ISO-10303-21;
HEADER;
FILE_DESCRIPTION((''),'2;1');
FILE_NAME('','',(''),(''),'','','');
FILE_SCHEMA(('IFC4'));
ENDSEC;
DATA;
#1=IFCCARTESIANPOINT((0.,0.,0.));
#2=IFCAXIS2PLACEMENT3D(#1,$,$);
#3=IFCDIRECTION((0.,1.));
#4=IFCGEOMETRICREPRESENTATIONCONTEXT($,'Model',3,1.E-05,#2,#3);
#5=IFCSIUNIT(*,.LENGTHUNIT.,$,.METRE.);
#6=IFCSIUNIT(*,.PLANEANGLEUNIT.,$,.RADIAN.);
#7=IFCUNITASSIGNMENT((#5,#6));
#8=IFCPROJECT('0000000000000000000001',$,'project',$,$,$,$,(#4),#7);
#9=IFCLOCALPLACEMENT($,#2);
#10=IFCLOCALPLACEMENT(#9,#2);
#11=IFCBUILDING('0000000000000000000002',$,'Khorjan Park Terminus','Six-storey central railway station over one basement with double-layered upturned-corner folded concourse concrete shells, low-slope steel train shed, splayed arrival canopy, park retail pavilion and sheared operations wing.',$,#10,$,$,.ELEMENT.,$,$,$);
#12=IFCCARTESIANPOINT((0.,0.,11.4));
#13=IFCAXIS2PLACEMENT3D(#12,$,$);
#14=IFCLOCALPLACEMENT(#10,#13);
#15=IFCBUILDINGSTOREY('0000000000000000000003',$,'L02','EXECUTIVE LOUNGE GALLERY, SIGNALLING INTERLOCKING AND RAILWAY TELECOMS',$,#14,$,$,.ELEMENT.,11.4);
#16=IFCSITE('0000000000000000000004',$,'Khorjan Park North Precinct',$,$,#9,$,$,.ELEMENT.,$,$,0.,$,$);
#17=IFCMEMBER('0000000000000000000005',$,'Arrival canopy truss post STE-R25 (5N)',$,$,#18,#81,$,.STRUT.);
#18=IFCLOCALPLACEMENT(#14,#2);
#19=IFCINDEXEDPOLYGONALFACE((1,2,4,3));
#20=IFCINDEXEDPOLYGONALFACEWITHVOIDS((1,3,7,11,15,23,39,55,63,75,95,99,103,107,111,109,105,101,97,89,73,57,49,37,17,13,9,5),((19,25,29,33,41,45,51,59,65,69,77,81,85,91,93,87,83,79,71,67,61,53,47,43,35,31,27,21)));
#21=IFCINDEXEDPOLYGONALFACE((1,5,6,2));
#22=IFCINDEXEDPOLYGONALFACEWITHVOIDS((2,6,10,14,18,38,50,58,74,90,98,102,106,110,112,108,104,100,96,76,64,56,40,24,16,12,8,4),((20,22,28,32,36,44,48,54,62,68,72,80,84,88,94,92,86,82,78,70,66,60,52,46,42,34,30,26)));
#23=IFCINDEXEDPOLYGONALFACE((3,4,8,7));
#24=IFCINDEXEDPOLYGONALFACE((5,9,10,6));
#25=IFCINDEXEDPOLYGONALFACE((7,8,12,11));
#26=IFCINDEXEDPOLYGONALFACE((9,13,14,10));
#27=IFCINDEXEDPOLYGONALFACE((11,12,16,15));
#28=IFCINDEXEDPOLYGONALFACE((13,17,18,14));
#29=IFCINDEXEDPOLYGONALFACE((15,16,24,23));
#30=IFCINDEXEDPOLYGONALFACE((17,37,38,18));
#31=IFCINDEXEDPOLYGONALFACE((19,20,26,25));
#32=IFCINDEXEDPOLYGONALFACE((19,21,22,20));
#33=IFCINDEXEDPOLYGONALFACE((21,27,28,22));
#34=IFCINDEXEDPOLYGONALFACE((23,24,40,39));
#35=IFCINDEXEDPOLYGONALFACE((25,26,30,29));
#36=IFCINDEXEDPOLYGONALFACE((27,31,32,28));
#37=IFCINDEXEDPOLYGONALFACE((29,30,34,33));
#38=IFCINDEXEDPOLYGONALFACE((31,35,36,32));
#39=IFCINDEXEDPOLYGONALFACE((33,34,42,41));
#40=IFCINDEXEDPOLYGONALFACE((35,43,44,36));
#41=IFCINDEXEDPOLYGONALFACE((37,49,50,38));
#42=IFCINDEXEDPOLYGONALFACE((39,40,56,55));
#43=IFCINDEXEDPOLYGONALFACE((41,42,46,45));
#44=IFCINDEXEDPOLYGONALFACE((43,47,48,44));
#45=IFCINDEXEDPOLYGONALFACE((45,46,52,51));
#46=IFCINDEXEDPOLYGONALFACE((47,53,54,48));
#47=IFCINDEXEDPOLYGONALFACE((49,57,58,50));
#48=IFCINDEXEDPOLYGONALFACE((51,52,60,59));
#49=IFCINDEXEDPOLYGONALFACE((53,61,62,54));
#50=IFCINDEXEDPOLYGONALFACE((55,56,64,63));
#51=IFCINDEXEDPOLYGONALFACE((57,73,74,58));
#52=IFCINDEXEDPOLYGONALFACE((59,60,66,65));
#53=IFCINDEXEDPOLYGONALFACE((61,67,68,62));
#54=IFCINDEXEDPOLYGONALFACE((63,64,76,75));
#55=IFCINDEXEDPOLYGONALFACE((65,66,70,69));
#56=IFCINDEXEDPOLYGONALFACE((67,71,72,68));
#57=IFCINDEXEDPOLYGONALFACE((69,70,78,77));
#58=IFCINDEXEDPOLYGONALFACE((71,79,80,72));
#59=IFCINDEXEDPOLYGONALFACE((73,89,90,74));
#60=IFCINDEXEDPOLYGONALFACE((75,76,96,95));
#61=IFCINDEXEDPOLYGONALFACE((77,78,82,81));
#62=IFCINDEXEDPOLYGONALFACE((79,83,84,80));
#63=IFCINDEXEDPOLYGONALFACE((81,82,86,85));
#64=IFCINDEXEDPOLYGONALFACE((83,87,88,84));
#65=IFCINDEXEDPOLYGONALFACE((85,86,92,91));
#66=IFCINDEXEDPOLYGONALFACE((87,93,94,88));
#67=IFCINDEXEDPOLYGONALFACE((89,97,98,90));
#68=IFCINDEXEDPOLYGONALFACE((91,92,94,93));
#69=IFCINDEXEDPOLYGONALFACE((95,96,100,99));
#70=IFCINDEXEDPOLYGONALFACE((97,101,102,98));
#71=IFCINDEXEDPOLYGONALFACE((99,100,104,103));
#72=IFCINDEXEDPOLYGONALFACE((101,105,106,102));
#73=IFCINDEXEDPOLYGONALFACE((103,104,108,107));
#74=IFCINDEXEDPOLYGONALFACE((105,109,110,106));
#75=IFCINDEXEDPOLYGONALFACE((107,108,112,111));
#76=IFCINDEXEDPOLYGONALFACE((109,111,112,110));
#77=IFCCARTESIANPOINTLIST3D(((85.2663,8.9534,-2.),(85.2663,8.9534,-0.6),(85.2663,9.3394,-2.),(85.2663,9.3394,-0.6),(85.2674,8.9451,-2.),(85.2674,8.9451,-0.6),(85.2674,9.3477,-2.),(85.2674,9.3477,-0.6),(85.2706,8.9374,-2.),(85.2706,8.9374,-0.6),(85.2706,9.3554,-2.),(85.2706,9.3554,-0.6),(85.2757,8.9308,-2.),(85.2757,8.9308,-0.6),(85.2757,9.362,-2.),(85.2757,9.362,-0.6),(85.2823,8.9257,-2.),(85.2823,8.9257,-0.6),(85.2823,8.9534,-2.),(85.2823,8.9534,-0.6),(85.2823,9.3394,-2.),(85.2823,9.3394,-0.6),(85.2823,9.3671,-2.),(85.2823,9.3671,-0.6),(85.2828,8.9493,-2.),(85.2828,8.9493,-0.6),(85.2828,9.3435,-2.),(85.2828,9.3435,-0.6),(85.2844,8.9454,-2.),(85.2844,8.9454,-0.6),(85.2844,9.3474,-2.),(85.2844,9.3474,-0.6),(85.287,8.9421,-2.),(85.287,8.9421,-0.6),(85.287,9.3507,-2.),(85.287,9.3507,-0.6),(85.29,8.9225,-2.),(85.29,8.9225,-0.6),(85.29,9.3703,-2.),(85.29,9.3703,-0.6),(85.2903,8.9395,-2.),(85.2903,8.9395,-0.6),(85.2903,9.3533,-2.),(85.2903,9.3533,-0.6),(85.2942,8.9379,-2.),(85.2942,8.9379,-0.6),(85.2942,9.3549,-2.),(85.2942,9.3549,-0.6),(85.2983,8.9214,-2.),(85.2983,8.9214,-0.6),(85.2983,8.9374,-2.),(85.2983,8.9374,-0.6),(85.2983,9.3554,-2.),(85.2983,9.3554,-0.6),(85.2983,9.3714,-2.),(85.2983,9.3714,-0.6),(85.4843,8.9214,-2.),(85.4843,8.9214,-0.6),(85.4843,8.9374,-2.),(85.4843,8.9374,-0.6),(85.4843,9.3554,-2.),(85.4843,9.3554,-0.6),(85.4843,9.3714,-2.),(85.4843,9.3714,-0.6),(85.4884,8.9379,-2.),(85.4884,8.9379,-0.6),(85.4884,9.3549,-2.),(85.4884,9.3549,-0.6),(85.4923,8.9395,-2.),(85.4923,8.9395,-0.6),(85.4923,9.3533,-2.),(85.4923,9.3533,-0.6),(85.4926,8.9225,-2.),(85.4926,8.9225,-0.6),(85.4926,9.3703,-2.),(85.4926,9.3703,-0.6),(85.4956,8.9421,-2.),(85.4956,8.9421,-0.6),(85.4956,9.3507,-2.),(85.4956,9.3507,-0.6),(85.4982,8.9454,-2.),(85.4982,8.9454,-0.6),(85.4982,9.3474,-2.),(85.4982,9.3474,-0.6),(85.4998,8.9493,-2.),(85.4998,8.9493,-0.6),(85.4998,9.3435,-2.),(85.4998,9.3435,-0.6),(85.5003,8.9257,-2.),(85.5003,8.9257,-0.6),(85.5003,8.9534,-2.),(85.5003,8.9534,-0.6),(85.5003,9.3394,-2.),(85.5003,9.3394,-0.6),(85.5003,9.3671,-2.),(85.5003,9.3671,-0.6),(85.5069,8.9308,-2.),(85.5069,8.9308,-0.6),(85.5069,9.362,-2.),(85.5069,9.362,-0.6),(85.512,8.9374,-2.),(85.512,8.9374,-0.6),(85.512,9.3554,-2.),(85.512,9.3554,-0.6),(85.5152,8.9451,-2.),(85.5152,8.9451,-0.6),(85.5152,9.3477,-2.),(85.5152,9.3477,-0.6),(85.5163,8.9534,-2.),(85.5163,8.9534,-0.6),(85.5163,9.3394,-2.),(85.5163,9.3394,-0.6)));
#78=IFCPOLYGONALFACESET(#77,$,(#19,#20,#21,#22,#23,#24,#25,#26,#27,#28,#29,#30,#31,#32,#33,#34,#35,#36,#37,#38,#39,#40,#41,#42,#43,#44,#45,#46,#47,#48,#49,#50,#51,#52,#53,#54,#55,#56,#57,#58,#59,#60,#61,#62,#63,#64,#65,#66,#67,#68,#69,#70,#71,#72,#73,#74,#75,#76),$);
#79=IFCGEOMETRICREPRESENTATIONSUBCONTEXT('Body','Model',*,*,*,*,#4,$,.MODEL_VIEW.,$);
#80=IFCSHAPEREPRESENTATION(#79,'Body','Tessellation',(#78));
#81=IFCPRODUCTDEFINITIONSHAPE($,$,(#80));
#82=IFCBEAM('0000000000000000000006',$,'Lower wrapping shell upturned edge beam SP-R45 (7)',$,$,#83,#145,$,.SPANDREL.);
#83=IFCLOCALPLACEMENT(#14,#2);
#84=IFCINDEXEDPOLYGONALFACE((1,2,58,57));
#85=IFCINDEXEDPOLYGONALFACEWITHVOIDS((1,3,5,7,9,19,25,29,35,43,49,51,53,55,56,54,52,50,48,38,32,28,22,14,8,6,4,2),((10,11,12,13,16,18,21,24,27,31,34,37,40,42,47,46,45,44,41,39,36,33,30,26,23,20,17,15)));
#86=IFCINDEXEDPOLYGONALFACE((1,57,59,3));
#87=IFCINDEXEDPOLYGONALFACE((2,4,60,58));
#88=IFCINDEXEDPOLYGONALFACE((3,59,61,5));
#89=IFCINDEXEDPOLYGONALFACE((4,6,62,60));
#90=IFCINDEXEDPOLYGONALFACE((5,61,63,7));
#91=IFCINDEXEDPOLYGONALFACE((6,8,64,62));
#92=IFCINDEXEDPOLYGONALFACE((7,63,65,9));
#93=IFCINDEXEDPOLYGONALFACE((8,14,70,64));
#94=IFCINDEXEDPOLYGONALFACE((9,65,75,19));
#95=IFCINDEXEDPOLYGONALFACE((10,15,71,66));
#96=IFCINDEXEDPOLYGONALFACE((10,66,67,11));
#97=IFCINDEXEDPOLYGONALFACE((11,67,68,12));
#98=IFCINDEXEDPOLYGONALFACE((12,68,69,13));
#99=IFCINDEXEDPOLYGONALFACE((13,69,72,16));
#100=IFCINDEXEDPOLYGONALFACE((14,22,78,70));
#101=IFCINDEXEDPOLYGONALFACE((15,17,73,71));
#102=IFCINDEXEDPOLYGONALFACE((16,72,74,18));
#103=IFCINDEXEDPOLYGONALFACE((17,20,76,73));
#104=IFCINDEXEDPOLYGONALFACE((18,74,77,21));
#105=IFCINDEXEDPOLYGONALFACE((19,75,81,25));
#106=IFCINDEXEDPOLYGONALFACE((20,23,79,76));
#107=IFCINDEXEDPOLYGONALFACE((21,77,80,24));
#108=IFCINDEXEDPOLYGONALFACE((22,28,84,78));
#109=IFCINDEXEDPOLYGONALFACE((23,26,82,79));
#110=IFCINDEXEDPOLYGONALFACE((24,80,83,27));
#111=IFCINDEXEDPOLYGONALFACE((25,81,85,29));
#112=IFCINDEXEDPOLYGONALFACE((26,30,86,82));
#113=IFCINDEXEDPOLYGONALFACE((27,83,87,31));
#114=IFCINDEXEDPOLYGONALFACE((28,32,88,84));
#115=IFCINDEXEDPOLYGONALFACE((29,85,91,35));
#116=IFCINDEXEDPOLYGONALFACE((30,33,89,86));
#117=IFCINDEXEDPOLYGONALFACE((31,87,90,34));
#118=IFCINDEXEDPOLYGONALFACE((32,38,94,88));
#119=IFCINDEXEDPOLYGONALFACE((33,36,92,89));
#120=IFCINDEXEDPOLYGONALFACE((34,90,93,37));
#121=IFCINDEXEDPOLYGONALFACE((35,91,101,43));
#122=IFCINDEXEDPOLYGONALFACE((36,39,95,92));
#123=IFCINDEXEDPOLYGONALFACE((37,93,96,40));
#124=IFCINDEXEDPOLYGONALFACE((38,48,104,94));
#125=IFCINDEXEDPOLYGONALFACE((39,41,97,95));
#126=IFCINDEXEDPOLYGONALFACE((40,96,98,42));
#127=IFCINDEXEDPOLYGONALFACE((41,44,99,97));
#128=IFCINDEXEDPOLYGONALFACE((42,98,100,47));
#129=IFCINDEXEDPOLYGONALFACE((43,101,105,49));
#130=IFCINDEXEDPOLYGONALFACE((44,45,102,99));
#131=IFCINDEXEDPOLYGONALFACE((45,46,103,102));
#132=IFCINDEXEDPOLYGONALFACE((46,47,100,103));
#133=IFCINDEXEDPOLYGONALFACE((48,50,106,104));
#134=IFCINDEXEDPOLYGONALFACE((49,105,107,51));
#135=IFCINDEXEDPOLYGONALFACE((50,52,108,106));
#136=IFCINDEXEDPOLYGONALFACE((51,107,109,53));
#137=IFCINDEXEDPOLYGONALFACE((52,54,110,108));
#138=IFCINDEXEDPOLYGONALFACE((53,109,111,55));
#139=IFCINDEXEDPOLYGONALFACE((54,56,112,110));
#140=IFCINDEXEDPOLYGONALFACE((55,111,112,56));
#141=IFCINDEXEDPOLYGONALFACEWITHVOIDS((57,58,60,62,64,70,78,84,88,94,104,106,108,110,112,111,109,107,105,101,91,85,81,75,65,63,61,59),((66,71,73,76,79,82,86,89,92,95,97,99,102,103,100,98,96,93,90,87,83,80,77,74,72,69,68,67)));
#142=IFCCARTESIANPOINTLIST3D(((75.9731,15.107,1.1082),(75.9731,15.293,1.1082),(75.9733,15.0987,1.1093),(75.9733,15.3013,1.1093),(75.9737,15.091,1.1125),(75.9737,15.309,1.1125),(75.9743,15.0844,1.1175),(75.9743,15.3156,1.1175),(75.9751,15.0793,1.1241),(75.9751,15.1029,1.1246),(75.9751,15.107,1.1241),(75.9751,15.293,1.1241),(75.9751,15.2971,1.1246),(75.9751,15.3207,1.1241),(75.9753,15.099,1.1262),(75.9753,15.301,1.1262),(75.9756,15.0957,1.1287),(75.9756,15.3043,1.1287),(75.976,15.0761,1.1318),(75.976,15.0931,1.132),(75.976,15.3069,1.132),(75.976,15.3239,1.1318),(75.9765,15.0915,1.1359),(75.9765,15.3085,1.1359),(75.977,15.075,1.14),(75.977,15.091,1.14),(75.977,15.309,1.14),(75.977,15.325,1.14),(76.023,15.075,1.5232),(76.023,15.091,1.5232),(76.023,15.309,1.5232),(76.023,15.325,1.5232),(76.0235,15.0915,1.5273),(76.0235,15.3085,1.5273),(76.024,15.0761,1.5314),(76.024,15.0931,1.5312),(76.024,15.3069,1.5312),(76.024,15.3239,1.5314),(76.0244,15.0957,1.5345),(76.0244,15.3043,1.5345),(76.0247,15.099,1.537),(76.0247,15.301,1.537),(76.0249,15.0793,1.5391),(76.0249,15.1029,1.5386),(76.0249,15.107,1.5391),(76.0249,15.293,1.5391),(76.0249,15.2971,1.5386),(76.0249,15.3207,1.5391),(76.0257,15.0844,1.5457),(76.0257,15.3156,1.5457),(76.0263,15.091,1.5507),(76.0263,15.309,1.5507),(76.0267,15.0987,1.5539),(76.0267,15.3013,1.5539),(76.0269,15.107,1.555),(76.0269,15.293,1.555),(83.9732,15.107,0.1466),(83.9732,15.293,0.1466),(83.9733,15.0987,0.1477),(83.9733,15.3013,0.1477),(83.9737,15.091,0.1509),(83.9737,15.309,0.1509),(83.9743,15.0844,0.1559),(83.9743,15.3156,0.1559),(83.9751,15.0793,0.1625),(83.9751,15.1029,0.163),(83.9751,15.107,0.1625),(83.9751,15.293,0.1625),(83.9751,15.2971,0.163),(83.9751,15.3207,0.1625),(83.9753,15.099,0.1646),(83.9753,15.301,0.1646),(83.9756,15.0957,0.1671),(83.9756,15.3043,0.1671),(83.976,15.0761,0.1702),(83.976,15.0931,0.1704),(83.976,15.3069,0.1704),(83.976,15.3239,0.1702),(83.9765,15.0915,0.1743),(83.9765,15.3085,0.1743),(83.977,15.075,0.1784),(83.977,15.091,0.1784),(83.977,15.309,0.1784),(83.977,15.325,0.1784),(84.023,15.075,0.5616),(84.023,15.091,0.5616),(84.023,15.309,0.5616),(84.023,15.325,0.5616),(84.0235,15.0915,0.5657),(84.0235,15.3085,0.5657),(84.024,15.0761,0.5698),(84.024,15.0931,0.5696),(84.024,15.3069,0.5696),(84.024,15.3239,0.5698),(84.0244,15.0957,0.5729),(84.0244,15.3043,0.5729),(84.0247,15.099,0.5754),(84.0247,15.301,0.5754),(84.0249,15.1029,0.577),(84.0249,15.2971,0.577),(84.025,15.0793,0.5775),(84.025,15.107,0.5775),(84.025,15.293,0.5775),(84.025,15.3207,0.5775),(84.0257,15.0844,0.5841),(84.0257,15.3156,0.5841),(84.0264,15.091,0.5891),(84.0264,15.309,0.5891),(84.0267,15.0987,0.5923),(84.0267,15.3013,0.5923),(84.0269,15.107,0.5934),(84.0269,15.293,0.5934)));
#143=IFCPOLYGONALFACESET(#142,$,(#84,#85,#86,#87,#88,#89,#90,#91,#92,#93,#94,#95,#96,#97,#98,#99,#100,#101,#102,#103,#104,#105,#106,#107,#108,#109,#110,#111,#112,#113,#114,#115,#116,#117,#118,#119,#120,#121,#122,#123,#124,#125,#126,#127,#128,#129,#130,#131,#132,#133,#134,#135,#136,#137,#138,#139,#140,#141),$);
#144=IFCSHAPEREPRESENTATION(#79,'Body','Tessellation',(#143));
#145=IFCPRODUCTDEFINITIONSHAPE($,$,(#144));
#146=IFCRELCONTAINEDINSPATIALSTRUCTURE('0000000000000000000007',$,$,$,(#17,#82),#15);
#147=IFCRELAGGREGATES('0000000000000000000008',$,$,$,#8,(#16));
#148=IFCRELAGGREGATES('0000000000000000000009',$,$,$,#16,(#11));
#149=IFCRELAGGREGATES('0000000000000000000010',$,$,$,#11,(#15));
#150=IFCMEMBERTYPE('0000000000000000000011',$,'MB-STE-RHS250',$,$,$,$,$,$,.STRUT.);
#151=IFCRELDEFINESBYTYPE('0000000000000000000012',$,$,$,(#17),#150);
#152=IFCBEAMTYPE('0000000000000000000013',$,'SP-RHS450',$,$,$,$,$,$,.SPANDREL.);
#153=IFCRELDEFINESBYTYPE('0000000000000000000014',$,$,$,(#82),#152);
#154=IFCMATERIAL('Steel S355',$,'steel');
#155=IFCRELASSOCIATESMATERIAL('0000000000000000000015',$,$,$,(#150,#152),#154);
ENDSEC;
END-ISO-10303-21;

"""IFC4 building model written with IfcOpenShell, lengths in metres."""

from ifc_helpers import new_model, si_unit, direction, frame, origin, origin_2d, place, context, subcontext, project, spatial, hollow_rectangle, extrude, material, material_profile, profile_set, type_object, element, save


model = new_model("IFC4")

# Units and contexts
model_context = context("Model", 3, precision=1e-05, world=origin(), true_north=direction((0.0, 1.0)))
body_context = subcontext(model_context, "Body", "Model", "MODEL_VIEW")
ifc_project = project(units=[si_unit("LENGTHUNIT", "METRE"), si_unit("PLANEANGLEUNIT", "RADIAN")], contexts=[model_context])

# Site, building, storey
site_placement = place(None, origin())
site = spatial("IfcSite", under=ifc_project, at=site_placement, Name="Khorjan Park North Precinct", CompositionType="ELEMENT", RefElevation=0.0)
building_placement = place(site_placement, origin())
building = spatial("IfcBuilding", under=site, at=building_placement, Name="Khorjan Park Terminus", Description="Six-storey central railway station over one basement with double-layered upturned-corner folded concourse concrete shells, low-slope steel train shed, splayed arrival canopy, park retail pavilion and sheared operations wing.", CompositionType="ELEMENT")
storey_placement = place(building_placement, frame((0.0, 0.0, 11.4)))
storey = spatial("IfcBuildingStorey", under=building, at=storey_placement, Name="L02", Description="EXECUTIVE LOUNGE GALLERY, SIGNALLING INTERLOCKING AND RAILWAY TELECOMS", CompositionType="ELEMENT", Elevation=11.4)

# Member
ifc_material_1 = material(Name="Steel S355", Category="steel")
ifc_material_profile_1 = material_profile(ifc_material_1, hollow_rectangle(XDim=0.25, YDim=0.45, WallThickness=0.016, InnerFilletRadius=0.016, OuterFilletRadius=0.032, at=origin_2d()), Name="RHS 450x250x16")
ifc_profile_set_1 = profile_set([ifc_material_profile_1], Name="Steel S355")
member_type_1 = type_object("IfcMemberType", Name="MB-STE-RHS250", PredefinedType="STRUT", material=ifc_profile_set_1)
member_1_placement = place(storey_placement, frame((85.3913, 9.1464, -2.0), z_axis=(0.0, 0.0, 1.0), x_axis=(1.0, 0.0, 0.0)))
element("IfcMember", 1, at=member_1_placement, inside=storey, type_object=member_type_1, Name="Arrival canopy truss post STE-R25 (5N)", PredefinedType="STRUT", context=body_context, shape_type="SweptSolid", body=[
    extrude(hollow_rectangle(XDim=0.25, YDim=0.45, WallThickness=0.016, InnerFilletRadius=0.016, OuterFilletRadius=0.032, at=origin_2d()), origin(), (0.0, 0.0, 1.0), 1.4),
])

# Beam
ifc_material_profile_2 = material_profile(ifc_material_1, hollow_rectangle(XDim=0.25, YDim=0.45, WallThickness=0.016, InnerFilletRadius=0.016, OuterFilletRadius=0.032, at=origin_2d()), Name="RHS 450x250x16")
ifc_profile_set_2 = profile_set([ifc_material_profile_2], Name="Steel S355")
beam_type = type_object("IfcBeamType", Name="SP-RHS450", PredefinedType="SPANDREL", material=ifc_profile_set_2)
beam_1_placement = place(storey_placement, frame((76.0, 15.2, 1.3316), z_axis=(0.992853, 0.0, -0.119341), x_axis=(0.0, 1.0, 0.0)))
element("IfcBeam", 2, at=beam_1_placement, inside=storey, type_object=beam_type, Name="Lower wrapping shell upturned edge beam SP-R45 (7)", PredefinedType="SPANDREL", context=body_context, shape_type="SweptSolid", body=[
    extrude(hollow_rectangle(XDim=0.25, YDim=0.45, WallThickness=0.016, InnerFilletRadius=0.016, OuterFilletRadius=0.032, at=origin_2d()), origin(), (0.0, 0.0, 1.0), 8.0576),
])

save(model, "model.ifc")
